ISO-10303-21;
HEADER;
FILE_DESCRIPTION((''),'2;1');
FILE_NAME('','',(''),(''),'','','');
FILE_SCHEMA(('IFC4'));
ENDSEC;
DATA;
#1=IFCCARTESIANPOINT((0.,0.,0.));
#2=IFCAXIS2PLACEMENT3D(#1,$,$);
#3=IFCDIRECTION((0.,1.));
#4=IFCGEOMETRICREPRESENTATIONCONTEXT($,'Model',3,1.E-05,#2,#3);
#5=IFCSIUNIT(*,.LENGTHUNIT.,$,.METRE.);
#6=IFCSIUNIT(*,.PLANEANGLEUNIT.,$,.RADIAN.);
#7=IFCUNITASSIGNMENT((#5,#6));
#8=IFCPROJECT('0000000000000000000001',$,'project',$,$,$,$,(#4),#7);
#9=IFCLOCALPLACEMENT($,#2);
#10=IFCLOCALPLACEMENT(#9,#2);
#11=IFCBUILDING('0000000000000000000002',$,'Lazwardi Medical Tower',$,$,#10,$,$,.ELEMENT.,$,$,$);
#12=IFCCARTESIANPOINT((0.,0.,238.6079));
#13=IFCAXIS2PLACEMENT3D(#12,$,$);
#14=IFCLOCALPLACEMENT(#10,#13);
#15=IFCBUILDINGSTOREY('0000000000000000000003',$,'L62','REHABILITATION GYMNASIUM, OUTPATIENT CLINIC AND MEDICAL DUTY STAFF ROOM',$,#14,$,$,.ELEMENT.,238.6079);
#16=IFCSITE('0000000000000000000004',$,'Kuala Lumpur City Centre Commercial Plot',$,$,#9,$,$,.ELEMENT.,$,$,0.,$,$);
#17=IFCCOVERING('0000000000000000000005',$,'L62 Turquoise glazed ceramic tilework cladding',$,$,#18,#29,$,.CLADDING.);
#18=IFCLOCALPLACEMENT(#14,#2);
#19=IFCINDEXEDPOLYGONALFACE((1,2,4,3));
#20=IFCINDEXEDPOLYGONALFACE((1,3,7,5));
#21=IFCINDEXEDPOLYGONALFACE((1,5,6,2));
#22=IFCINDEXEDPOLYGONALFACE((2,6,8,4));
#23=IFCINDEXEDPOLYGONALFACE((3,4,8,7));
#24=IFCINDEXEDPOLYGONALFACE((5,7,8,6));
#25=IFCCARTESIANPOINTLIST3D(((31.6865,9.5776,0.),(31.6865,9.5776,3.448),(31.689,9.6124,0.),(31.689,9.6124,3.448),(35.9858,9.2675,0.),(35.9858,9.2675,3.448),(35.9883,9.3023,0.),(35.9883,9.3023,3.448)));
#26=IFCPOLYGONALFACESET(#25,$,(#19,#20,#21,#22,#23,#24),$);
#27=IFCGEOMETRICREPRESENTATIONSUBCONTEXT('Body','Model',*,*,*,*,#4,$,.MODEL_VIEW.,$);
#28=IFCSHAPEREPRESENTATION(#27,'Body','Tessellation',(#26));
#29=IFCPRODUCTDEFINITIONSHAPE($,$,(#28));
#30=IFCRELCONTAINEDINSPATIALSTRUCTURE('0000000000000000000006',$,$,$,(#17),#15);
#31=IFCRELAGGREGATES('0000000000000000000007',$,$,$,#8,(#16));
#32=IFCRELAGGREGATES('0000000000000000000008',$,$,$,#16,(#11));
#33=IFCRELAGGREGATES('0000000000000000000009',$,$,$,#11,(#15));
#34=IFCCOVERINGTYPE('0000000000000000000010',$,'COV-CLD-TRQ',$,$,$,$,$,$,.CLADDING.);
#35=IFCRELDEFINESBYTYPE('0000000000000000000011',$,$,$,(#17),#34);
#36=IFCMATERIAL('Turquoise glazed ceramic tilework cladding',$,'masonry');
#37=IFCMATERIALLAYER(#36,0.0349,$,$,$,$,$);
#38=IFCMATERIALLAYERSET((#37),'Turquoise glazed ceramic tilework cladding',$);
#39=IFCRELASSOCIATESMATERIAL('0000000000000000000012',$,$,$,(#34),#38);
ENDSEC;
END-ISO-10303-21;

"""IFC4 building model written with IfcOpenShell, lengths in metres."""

from ifc_helpers import new_model, si_unit, direction, frame, origin, origin_2d, place, context, subcontext, project, spatial, rectangle, extrude, material, layer, layer_set, type_object, element, save


model = new_model("IFC4")

# Units and contexts
model_context = context("Model", 3, precision=1e-05, world=origin(), true_north=direction((0.0, 1.0)))
body_context = subcontext(model_context, "Body", "Model", "MODEL_VIEW")
ifc_project = project(units=[si_unit("LENGTHUNIT", "METRE"), si_unit("PLANEANGLEUNIT", "RADIAN")], contexts=[model_context])

# Site, building, storey
site_placement = place(None, origin())
site = spatial("IfcSite", under=ifc_project, at=site_placement, Name="Kuala Lumpur City Centre Commercial Plot", CompositionType="ELEMENT", RefElevation=0.0)
building_placement = place(site_placement, origin())
building = spatial("IfcBuilding", under=site, at=building_placement, Name="Lazwardi Medical Tower", CompositionType="ELEMENT")
storey_placement = place(building_placement, frame((0.0, 0.0, 238.6079)))
storey = spatial("IfcBuildingStorey", under=building, at=storey_placement, Name="L62", Description="REHABILITATION GYMNASIUM, OUTPATIENT CLINIC AND MEDICAL DUTY STAFF ROOM", CompositionType="ELEMENT", Elevation=238.6079)

# Covering
ifc_material_1 = material(Name="Turquoise glazed ceramic tilework cladding", Category="masonry")
ifc_layer_1 = layer(ifc_material_1, 0.0349)
ifc_layer_set_1 = layer_set([ifc_layer_1], Name="Turquoise glazed ceramic tilework cladding")
covering_type_1 = type_object("IfcCoveringType", Name="COV-CLD-TRQ", PredefinedType="CLADDING", material=ifc_layer_set_1)
covering_1_placement = place(storey_placement, frame((33.8374, 9.4399, 0.0), z_axis=(0.0, 0.0, 1.0), x_axis=(0.997409, -0.07194, 0.0)))
element("IfcCovering", 1, at=covering_1_placement, inside=storey, type_object=covering_type_1, Name="L62 Turquoise glazed ceramic tilework cladding", PredefinedType="CLADDING", context=body_context, shape_type="SweptSolid", body=[
    extrude(rectangle(XDim=4.3105, YDim=0.0349, at=origin_2d()), origin(), (0.0, 0.0, 1.0), 3.448),
])

save(model, "model.ifc")
